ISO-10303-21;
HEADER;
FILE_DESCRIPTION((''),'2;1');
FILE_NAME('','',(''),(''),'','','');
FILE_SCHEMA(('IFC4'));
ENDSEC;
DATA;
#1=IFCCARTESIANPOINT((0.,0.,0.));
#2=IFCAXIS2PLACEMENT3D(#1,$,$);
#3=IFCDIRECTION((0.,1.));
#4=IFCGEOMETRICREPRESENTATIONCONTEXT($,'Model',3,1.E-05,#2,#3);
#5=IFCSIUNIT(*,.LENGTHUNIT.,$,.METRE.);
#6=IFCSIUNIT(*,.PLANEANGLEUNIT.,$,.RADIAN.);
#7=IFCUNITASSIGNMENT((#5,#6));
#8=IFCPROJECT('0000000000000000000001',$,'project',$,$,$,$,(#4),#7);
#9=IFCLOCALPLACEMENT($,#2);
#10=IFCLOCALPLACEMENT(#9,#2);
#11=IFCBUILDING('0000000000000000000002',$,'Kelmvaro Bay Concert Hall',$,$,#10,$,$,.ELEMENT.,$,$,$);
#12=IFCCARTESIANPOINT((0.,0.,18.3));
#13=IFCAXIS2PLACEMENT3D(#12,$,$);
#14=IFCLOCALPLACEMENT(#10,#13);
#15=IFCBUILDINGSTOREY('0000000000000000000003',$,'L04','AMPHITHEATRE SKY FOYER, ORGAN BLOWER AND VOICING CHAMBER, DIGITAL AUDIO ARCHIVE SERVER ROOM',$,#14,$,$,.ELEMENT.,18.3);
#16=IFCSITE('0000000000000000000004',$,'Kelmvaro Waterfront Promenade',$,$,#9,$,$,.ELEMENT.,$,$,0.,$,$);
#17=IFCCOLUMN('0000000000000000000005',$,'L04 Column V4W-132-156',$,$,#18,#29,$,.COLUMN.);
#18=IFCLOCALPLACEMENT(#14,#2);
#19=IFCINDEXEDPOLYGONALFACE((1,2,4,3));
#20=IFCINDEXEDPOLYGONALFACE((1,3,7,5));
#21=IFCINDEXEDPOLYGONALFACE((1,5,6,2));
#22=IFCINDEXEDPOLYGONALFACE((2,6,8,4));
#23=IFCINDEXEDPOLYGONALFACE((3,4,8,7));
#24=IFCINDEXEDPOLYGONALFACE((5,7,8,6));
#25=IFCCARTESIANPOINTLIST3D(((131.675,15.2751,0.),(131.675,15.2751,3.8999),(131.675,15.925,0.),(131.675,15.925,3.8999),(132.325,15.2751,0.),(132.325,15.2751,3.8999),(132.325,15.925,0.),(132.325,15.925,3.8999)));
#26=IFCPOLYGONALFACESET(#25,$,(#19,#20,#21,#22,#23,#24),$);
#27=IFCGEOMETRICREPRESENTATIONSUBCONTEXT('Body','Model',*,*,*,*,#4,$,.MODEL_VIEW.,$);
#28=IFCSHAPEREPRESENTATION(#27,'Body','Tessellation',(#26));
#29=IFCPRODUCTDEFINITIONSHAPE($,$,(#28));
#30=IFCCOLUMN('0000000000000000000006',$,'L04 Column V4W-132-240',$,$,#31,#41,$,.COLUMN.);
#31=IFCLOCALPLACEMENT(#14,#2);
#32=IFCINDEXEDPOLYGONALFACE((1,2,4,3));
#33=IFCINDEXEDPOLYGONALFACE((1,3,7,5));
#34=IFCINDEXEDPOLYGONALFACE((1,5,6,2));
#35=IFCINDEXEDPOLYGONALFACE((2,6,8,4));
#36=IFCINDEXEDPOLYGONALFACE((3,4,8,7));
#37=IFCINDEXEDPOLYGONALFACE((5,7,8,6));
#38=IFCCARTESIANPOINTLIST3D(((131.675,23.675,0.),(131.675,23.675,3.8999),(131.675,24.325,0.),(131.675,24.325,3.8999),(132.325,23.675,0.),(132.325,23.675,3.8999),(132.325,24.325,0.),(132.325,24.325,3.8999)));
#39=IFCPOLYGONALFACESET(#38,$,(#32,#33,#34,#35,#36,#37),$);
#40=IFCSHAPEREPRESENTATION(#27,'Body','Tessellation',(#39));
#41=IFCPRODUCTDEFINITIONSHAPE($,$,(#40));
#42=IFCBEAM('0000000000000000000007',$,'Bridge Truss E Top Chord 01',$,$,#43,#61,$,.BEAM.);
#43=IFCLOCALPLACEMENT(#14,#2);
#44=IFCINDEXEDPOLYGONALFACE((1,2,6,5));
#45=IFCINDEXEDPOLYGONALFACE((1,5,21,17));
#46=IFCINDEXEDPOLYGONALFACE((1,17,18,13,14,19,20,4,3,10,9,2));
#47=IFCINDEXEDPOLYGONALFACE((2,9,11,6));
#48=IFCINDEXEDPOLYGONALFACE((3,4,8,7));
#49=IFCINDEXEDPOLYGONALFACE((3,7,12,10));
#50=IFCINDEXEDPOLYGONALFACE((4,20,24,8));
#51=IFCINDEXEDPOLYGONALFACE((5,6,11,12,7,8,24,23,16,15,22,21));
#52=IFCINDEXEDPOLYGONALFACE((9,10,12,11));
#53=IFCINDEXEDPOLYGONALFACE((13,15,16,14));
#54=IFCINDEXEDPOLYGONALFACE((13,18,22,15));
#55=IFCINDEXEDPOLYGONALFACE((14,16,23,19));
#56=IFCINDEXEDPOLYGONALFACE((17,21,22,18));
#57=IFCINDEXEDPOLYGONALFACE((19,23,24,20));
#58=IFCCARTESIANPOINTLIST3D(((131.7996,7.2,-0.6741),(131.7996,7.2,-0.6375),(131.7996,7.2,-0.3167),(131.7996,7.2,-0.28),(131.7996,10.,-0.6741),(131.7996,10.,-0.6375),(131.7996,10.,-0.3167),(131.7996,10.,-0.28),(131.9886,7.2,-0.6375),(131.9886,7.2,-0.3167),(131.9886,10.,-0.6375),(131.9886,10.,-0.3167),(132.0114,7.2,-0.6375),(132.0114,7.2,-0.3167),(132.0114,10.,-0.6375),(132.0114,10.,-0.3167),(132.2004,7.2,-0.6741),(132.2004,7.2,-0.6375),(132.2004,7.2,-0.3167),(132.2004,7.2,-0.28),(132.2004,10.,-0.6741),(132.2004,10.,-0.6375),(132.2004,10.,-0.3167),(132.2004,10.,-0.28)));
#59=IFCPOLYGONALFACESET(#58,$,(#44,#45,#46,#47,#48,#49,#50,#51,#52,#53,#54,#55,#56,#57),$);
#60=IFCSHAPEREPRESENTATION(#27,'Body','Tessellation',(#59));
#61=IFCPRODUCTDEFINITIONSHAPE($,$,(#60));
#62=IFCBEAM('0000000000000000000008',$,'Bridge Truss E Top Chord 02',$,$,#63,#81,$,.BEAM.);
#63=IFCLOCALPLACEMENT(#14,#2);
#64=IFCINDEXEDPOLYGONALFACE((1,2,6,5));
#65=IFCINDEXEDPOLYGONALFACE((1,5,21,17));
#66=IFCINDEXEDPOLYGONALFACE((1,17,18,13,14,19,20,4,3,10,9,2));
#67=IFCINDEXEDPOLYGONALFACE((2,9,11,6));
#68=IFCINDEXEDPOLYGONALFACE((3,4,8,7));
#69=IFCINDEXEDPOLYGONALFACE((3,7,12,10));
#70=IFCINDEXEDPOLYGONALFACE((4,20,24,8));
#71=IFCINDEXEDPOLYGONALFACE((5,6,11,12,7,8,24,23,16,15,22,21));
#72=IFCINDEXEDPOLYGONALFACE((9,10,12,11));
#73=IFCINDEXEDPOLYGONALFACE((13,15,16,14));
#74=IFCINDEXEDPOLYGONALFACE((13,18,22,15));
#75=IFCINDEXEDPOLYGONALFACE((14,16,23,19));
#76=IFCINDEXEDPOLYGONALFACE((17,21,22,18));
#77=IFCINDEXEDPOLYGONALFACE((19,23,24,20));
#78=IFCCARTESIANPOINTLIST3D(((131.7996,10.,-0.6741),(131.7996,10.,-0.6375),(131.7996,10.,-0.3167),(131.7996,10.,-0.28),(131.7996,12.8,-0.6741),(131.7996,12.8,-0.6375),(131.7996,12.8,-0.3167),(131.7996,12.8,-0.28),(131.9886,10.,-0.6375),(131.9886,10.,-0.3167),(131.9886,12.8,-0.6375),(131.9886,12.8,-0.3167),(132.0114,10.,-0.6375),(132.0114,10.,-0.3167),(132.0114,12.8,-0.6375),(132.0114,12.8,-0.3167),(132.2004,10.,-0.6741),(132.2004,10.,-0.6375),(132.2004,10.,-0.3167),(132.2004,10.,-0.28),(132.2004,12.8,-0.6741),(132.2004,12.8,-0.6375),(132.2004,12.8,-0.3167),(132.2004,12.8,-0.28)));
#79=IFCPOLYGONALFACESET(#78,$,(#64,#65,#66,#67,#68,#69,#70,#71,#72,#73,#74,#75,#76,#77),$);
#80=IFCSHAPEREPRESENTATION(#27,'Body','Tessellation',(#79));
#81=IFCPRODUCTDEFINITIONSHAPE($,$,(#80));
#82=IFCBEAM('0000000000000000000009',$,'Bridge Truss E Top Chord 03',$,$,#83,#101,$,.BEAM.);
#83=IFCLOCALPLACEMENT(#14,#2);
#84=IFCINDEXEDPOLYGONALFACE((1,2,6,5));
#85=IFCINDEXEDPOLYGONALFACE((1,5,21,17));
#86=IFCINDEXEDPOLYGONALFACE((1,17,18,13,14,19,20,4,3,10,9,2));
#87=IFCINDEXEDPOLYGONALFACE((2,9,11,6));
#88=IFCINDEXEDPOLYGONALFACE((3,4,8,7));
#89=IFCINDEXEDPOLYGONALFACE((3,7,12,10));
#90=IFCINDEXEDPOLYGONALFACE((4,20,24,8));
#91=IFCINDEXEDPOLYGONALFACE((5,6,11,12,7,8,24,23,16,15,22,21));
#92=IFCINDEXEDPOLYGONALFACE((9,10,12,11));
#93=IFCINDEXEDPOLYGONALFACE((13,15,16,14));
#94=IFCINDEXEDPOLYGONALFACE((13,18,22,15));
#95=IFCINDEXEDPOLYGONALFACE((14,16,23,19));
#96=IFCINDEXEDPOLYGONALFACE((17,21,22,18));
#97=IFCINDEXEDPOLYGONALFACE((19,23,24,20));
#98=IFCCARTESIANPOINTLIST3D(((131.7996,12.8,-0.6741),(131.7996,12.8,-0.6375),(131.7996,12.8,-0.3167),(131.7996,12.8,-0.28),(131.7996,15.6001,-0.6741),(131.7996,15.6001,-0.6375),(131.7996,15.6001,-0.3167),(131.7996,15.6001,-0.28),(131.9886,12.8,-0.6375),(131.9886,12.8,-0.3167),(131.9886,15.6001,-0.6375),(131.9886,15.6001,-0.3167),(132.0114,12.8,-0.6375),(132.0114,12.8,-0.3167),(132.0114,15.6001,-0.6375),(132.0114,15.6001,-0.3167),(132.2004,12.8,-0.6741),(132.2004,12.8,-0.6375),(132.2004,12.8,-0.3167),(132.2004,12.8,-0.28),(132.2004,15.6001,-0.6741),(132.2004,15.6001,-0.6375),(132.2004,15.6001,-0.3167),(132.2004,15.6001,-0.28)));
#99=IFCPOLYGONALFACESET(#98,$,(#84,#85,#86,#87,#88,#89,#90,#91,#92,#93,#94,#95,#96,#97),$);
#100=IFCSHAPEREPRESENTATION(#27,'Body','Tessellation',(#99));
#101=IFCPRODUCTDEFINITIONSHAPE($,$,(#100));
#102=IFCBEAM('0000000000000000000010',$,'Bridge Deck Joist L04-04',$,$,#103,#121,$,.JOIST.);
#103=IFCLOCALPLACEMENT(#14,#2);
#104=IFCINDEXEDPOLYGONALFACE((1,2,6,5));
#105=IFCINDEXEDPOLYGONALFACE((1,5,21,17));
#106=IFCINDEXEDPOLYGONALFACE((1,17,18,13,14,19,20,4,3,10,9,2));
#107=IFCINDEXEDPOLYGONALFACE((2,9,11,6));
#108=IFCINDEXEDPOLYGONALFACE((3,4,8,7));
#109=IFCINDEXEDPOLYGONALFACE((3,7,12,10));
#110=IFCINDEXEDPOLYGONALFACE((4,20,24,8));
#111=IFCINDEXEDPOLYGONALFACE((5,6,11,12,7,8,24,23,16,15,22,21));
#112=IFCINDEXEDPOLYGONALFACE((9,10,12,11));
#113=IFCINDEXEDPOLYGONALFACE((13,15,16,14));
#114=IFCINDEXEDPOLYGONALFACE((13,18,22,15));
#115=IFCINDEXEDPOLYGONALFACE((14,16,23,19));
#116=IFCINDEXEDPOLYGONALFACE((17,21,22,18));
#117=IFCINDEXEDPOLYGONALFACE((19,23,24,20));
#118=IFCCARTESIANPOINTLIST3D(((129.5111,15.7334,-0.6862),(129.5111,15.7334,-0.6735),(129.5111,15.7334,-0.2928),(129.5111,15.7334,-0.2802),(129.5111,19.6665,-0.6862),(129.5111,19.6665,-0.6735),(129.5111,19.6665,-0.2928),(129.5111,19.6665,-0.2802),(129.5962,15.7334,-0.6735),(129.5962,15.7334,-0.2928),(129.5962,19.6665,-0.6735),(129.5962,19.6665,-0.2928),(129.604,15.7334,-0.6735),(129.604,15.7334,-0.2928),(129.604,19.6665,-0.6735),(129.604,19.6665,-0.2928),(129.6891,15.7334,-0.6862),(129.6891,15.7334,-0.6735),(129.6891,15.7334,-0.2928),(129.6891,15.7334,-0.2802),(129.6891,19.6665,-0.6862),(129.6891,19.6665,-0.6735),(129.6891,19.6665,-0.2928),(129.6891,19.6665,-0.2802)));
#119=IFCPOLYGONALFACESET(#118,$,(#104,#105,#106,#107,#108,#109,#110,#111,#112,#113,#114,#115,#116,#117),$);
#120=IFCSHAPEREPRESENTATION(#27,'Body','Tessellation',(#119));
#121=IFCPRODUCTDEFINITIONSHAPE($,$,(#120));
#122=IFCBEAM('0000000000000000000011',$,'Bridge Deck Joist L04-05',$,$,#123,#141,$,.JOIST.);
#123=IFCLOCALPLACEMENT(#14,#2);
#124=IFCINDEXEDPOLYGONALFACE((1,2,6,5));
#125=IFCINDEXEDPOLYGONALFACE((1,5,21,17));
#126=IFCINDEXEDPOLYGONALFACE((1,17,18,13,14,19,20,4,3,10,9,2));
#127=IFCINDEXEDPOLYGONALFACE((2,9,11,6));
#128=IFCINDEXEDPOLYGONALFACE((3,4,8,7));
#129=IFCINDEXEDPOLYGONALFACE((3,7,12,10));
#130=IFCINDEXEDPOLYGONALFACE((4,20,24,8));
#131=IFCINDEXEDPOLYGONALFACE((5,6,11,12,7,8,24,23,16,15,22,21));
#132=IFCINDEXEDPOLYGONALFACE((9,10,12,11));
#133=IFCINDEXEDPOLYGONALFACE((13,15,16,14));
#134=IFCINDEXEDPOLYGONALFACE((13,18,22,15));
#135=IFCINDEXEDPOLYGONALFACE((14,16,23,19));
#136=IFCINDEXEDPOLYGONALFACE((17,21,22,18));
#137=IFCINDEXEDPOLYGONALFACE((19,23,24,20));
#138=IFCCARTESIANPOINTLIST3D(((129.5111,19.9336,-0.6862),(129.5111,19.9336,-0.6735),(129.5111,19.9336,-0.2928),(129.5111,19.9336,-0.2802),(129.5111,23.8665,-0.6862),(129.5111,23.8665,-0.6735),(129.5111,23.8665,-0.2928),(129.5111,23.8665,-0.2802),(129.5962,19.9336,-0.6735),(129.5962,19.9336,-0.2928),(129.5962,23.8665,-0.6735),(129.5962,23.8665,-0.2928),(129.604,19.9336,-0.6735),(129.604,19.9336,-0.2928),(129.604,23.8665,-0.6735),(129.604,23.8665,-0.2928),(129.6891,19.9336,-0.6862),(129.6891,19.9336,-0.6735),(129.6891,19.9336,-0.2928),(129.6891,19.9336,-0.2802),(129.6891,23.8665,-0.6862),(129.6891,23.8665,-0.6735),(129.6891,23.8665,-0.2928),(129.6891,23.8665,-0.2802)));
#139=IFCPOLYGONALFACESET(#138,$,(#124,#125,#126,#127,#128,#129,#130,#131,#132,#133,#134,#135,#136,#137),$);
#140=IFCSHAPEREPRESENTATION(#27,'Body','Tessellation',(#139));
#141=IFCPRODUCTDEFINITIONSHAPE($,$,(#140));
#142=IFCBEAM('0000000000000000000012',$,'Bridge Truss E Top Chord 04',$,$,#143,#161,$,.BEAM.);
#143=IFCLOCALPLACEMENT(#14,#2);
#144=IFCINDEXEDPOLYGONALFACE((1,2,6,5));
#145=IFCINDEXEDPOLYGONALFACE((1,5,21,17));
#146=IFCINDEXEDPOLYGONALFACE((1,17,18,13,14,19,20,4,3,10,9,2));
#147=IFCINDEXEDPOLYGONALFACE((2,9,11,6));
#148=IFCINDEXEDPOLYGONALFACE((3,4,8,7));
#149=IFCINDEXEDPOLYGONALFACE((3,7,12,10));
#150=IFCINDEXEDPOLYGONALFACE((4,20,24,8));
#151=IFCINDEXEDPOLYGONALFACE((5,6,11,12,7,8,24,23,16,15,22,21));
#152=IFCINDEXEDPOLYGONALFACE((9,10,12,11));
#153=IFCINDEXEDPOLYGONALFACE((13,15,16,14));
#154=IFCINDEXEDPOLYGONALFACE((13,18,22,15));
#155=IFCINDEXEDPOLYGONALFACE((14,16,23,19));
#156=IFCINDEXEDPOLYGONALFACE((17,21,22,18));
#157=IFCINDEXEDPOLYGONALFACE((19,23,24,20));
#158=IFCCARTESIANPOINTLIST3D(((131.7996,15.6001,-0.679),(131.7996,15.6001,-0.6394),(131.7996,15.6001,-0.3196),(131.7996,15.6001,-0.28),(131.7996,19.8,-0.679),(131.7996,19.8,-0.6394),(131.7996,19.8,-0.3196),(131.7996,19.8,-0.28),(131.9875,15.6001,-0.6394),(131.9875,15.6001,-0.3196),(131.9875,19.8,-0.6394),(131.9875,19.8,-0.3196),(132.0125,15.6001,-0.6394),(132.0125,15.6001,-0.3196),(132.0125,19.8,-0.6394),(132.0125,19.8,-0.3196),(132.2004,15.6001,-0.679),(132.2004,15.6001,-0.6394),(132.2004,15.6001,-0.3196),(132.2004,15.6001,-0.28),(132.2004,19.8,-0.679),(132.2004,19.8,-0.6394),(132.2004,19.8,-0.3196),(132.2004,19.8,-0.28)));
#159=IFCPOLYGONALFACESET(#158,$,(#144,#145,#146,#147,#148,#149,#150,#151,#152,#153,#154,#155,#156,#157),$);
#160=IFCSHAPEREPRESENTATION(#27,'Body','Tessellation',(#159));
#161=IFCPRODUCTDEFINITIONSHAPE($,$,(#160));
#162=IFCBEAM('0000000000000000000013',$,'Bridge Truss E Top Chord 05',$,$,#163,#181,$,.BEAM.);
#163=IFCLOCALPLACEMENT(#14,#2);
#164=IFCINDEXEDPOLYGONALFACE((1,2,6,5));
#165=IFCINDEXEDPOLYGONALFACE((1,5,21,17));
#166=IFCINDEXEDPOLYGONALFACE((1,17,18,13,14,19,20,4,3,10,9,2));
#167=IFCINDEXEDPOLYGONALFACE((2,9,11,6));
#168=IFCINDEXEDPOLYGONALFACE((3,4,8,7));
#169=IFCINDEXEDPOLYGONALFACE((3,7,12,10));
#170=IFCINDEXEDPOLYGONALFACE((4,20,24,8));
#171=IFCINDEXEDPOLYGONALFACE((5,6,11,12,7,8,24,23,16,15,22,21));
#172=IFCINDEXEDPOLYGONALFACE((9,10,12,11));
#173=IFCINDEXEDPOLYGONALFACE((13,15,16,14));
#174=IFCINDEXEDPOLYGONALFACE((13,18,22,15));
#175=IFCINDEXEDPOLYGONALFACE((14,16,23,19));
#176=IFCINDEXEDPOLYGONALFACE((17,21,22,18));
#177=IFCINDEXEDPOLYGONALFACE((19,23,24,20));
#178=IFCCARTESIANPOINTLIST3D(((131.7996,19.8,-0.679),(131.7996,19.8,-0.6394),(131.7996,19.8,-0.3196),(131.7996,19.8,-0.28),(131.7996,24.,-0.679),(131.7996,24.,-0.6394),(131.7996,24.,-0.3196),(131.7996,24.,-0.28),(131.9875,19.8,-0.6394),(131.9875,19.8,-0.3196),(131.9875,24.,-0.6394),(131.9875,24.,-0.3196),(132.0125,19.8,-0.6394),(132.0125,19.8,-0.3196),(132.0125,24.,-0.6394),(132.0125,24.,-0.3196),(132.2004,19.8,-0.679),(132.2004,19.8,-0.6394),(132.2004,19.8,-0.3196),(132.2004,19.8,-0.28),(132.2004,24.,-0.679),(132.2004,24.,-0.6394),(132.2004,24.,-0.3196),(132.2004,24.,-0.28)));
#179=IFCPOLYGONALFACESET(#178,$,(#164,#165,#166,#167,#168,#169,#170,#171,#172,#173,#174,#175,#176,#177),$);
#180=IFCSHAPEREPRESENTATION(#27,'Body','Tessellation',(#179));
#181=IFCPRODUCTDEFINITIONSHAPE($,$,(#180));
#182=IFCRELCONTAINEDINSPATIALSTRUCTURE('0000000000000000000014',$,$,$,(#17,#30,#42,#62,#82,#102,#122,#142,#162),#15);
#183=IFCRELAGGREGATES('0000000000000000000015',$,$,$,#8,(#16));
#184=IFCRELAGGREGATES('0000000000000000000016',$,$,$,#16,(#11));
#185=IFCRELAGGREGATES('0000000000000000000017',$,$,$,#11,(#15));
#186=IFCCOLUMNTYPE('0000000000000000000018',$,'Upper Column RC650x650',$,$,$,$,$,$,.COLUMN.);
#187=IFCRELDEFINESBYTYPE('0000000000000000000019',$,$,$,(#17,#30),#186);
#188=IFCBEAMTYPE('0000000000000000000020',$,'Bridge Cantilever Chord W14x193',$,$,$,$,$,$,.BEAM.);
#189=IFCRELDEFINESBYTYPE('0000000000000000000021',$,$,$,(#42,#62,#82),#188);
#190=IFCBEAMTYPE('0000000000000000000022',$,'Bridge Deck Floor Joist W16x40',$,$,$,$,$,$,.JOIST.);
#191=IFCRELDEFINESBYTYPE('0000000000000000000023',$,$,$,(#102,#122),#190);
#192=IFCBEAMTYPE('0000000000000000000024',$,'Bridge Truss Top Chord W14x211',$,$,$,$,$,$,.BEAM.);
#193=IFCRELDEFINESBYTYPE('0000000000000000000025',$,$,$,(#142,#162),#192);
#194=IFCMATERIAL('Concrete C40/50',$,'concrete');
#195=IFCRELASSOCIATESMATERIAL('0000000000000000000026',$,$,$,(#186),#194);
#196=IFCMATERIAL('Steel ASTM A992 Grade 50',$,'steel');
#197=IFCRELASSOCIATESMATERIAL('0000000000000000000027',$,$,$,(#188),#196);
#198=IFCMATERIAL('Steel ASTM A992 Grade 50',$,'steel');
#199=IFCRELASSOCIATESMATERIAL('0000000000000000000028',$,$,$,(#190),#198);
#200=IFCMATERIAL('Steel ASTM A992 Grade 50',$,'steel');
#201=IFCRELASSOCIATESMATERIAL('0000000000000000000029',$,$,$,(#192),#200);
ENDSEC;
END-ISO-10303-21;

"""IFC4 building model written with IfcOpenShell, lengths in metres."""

from ifc_helpers import new_model, si_unit, direction, frame, origin, origin_2d, place, context, subcontext, project, spatial, rectangle, i_section, extrude, material, material_profile, profile_set, type_object, element, save


model = new_model("IFC4")

# Units and contexts
model_context = context("Model", 3, precision=1e-05, world=origin(), true_north=direction((0.0, 1.0)))
body_context = subcontext(model_context, "Body", "Model", "MODEL_VIEW")
ifc_project = project(units=[si_unit("LENGTHUNIT", "METRE"), si_unit("PLANEANGLEUNIT", "RADIAN")], contexts=[model_context])

# Site, building, storey
site_placement = place(None, origin())
site = spatial("IfcSite", under=ifc_project, at=site_placement, Name="Kelmvaro Waterfront Promenade", CompositionType="ELEMENT", RefElevation=0.0)
building_placement = place(site_placement, origin())
building = spatial("IfcBuilding", under=site, at=building_placement, Name="Kelmvaro Bay Concert Hall", CompositionType="ELEMENT")
storey_placement = place(building_placement, frame((0.0, 0.0, 18.3)))
storey = spatial("IfcBuildingStorey", under=building, at=storey_placement, Name="L04", Description="AMPHITHEATRE SKY FOYER, ORGAN BLOWER AND VOICING CHAMBER, DIGITAL AUDIO ARCHIVE SERVER ROOM", CompositionType="ELEMENT", Elevation=18.3)

# Columns
ifc_material_1 = material(Name="Concrete C40/50", Category="concrete")
ifc_material_profile_1 = material_profile(ifc_material_1, rectangle(XDim=0.6499, YDim=0.6499, at=origin_2d()), Name="RC-COL-650X650")
ifc_profile_set_1 = profile_set([ifc_material_profile_1], Name="Concrete C40/50")
column_type = type_object("IfcColumnType", Name="Upper Column RC650x650", PredefinedType="COLUMN", material=ifc_profile_set_1)
for number, where, z_axis, x_axis, name in (
    (1, (132.0, 15.6001, 0.0), (0.0, 0.0, 1.0), (1.0, 0.0, 0.0), "L04 Column V4W-132-156"),
    (2, (132.0, 24.0, 0.0), (0.0, 0.0, 1.0), (1.0, 0.0, 0.0), "L04 Column V4W-132-240"),
):
    element("IfcColumn", number, at=place(storey_placement, frame(where, z_axis=z_axis, x_axis=x_axis)), inside=storey, type_object=column_type, Name=name, PredefinedType="COLUMN", context=body_context, shape_type="SweptSolid", body=[
        extrude(rectangle(XDim=0.6499, YDim=0.6499, at=origin_2d()), origin(), (0.0, 0.0, 1.0), 3.8999),
    ])

# Beams
ifc_material_2 = material(Name="Steel ASTM A992 Grade 50", Category="steel")
ifc_material_profile_2 = material_profile(ifc_material_2, i_section(OverallWidth=0.4009, OverallDepth=0.394, WebThickness=0.0227, FlangeThickness=0.0366, at=origin_2d()), Name="W14X193")
ifc_profile_set_2 = profile_set([ifc_material_profile_2], Name="Steel ASTM A992 Grade 50")
beam_type_1 = type_object("IfcBeamType", Name="Bridge Cantilever Chord W14x193", PredefinedType="BEAM", material=ifc_profile_set_2)
for number, where, z_axis, x_axis, name in (
    (3, (132.0, 7.2, -0.4771), (0.0, 1.0, 0.0), (-1.0, 0.0, 0.0), "Bridge Truss E Top Chord 01"),
    (4, (132.0, 10.0, -0.4771), (0.0, 1.0, 0.0), (-1.0, 0.0, 0.0), "Bridge Truss E Top Chord 02"),
    (5, (132.0, 12.8, -0.4771), (0.0, 1.0, 0.0), (-1.0, 0.0, 0.0), "Bridge Truss E Top Chord 03"),
):
    element("IfcBeam", number, at=place(storey_placement, frame(where, z_axis=z_axis, x_axis=x_axis)), inside=storey, type_object=beam_type_1, Name=name, PredefinedType="BEAM", context=body_context, shape_type="SweptSolid", body=[
        extrude(i_section(OverallWidth=0.4009, OverallDepth=0.394, WebThickness=0.0227, FlangeThickness=0.0366, at=origin_2d()), origin(), (0.0, 0.0, 1.0), 2.8),
    ])
ifc_material_3 = material(Name="Steel ASTM A992 Grade 50", Category="steel")
ifc_material_profile_3 = material_profile(ifc_material_3, i_section(OverallWidth=0.178, OverallDepth=0.406, WebThickness=0.0078, FlangeThickness=0.0127, at=origin_2d()), Name="W16X40")
ifc_profile_set_3 = profile_set([ifc_material_profile_3], Name="Steel ASTM A992 Grade 50")
beam_type_2 = type_object("IfcBeamType", Name="Bridge Deck Floor Joist W16x40", PredefinedType="JOIST", material=ifc_profile_set_3)
beam_1_placement = place(storey_placement, frame((129.6001, 15.7334, -0.4832), z_axis=(0.0, 1.0, 0.0), x_axis=(-1.0, 0.0, 0.0)))
element("IfcBeam", 6, at=beam_1_placement, inside=storey, type_object=beam_type_2, Name="Bridge Deck Joist L04-04", PredefinedType="JOIST", context=body_context, shape_type="SweptSolid", body=[
    extrude(i_section(OverallWidth=0.178, OverallDepth=0.406, WebThickness=0.0078, FlangeThickness=0.0127, at=origin_2d()), origin(), (0.0, 0.0, 1.0), 3.9331),
])
beam_2_placement = place(storey_placement, frame((129.6001, 19.9336, -0.4832), z_axis=(0.0, 1.0, 0.0), x_axis=(-1.0, 0.0, 0.0)))
element("IfcBeam", 7, at=beam_2_placement, inside=storey, type_object=beam_type_2, Name="Bridge Deck Joist L04-05", PredefinedType="JOIST", context=body_context, shape_type="SweptSolid", body=[
    extrude(i_section(OverallWidth=0.178, OverallDepth=0.406, WebThickness=0.0078, FlangeThickness=0.0127, at=origin_2d()), origin(), (0.0, 0.0, 1.0), 3.9329),
])
ifc_material_4 = material(Name="Steel ASTM A992 Grade 50", Category="steel")
ifc_material_profile_4 = material_profile(ifc_material_4, i_section(OverallWidth=0.4009, OverallDepth=0.3989, WebThickness=0.0249, FlangeThickness=0.0396, at=origin_2d()), Name="W14X211")
ifc_profile_set_4 = profile_set([ifc_material_profile_4], Name="Steel ASTM A992 Grade 50")
beam_type_3 = type_object("IfcBeamType", Name="Bridge Truss Top Chord W14x211", PredefinedType="BEAM", material=ifc_profile_set_4)
for number, where, z_axis, x_axis, name in (
    (8, (132.0, 15.6001, -0.4795), (0.0, 1.0, 0.0), (-1.0, 0.0, 0.0), "Bridge Truss E Top Chord 04"),
    (9, (132.0, 19.8, -0.4795), (0.0, 1.0, 0.0), (-1.0, 0.0, 0.0), "Bridge Truss E Top Chord 05"),
):
    element("IfcBeam", number, at=place(storey_placement, frame(where, z_axis=z_axis, x_axis=x_axis)), inside=storey, type_object=beam_type_3, Name=name, PredefinedType="BEAM", context=body_context, shape_type="SweptSolid", body=[
        extrude(i_section(OverallWidth=0.4009, OverallDepth=0.3989, WebThickness=0.0249, FlangeThickness=0.0396, at=origin_2d()), origin(), (0.0, 0.0, 1.0), 4.2),
    ])

save(model, "model.ifc")
